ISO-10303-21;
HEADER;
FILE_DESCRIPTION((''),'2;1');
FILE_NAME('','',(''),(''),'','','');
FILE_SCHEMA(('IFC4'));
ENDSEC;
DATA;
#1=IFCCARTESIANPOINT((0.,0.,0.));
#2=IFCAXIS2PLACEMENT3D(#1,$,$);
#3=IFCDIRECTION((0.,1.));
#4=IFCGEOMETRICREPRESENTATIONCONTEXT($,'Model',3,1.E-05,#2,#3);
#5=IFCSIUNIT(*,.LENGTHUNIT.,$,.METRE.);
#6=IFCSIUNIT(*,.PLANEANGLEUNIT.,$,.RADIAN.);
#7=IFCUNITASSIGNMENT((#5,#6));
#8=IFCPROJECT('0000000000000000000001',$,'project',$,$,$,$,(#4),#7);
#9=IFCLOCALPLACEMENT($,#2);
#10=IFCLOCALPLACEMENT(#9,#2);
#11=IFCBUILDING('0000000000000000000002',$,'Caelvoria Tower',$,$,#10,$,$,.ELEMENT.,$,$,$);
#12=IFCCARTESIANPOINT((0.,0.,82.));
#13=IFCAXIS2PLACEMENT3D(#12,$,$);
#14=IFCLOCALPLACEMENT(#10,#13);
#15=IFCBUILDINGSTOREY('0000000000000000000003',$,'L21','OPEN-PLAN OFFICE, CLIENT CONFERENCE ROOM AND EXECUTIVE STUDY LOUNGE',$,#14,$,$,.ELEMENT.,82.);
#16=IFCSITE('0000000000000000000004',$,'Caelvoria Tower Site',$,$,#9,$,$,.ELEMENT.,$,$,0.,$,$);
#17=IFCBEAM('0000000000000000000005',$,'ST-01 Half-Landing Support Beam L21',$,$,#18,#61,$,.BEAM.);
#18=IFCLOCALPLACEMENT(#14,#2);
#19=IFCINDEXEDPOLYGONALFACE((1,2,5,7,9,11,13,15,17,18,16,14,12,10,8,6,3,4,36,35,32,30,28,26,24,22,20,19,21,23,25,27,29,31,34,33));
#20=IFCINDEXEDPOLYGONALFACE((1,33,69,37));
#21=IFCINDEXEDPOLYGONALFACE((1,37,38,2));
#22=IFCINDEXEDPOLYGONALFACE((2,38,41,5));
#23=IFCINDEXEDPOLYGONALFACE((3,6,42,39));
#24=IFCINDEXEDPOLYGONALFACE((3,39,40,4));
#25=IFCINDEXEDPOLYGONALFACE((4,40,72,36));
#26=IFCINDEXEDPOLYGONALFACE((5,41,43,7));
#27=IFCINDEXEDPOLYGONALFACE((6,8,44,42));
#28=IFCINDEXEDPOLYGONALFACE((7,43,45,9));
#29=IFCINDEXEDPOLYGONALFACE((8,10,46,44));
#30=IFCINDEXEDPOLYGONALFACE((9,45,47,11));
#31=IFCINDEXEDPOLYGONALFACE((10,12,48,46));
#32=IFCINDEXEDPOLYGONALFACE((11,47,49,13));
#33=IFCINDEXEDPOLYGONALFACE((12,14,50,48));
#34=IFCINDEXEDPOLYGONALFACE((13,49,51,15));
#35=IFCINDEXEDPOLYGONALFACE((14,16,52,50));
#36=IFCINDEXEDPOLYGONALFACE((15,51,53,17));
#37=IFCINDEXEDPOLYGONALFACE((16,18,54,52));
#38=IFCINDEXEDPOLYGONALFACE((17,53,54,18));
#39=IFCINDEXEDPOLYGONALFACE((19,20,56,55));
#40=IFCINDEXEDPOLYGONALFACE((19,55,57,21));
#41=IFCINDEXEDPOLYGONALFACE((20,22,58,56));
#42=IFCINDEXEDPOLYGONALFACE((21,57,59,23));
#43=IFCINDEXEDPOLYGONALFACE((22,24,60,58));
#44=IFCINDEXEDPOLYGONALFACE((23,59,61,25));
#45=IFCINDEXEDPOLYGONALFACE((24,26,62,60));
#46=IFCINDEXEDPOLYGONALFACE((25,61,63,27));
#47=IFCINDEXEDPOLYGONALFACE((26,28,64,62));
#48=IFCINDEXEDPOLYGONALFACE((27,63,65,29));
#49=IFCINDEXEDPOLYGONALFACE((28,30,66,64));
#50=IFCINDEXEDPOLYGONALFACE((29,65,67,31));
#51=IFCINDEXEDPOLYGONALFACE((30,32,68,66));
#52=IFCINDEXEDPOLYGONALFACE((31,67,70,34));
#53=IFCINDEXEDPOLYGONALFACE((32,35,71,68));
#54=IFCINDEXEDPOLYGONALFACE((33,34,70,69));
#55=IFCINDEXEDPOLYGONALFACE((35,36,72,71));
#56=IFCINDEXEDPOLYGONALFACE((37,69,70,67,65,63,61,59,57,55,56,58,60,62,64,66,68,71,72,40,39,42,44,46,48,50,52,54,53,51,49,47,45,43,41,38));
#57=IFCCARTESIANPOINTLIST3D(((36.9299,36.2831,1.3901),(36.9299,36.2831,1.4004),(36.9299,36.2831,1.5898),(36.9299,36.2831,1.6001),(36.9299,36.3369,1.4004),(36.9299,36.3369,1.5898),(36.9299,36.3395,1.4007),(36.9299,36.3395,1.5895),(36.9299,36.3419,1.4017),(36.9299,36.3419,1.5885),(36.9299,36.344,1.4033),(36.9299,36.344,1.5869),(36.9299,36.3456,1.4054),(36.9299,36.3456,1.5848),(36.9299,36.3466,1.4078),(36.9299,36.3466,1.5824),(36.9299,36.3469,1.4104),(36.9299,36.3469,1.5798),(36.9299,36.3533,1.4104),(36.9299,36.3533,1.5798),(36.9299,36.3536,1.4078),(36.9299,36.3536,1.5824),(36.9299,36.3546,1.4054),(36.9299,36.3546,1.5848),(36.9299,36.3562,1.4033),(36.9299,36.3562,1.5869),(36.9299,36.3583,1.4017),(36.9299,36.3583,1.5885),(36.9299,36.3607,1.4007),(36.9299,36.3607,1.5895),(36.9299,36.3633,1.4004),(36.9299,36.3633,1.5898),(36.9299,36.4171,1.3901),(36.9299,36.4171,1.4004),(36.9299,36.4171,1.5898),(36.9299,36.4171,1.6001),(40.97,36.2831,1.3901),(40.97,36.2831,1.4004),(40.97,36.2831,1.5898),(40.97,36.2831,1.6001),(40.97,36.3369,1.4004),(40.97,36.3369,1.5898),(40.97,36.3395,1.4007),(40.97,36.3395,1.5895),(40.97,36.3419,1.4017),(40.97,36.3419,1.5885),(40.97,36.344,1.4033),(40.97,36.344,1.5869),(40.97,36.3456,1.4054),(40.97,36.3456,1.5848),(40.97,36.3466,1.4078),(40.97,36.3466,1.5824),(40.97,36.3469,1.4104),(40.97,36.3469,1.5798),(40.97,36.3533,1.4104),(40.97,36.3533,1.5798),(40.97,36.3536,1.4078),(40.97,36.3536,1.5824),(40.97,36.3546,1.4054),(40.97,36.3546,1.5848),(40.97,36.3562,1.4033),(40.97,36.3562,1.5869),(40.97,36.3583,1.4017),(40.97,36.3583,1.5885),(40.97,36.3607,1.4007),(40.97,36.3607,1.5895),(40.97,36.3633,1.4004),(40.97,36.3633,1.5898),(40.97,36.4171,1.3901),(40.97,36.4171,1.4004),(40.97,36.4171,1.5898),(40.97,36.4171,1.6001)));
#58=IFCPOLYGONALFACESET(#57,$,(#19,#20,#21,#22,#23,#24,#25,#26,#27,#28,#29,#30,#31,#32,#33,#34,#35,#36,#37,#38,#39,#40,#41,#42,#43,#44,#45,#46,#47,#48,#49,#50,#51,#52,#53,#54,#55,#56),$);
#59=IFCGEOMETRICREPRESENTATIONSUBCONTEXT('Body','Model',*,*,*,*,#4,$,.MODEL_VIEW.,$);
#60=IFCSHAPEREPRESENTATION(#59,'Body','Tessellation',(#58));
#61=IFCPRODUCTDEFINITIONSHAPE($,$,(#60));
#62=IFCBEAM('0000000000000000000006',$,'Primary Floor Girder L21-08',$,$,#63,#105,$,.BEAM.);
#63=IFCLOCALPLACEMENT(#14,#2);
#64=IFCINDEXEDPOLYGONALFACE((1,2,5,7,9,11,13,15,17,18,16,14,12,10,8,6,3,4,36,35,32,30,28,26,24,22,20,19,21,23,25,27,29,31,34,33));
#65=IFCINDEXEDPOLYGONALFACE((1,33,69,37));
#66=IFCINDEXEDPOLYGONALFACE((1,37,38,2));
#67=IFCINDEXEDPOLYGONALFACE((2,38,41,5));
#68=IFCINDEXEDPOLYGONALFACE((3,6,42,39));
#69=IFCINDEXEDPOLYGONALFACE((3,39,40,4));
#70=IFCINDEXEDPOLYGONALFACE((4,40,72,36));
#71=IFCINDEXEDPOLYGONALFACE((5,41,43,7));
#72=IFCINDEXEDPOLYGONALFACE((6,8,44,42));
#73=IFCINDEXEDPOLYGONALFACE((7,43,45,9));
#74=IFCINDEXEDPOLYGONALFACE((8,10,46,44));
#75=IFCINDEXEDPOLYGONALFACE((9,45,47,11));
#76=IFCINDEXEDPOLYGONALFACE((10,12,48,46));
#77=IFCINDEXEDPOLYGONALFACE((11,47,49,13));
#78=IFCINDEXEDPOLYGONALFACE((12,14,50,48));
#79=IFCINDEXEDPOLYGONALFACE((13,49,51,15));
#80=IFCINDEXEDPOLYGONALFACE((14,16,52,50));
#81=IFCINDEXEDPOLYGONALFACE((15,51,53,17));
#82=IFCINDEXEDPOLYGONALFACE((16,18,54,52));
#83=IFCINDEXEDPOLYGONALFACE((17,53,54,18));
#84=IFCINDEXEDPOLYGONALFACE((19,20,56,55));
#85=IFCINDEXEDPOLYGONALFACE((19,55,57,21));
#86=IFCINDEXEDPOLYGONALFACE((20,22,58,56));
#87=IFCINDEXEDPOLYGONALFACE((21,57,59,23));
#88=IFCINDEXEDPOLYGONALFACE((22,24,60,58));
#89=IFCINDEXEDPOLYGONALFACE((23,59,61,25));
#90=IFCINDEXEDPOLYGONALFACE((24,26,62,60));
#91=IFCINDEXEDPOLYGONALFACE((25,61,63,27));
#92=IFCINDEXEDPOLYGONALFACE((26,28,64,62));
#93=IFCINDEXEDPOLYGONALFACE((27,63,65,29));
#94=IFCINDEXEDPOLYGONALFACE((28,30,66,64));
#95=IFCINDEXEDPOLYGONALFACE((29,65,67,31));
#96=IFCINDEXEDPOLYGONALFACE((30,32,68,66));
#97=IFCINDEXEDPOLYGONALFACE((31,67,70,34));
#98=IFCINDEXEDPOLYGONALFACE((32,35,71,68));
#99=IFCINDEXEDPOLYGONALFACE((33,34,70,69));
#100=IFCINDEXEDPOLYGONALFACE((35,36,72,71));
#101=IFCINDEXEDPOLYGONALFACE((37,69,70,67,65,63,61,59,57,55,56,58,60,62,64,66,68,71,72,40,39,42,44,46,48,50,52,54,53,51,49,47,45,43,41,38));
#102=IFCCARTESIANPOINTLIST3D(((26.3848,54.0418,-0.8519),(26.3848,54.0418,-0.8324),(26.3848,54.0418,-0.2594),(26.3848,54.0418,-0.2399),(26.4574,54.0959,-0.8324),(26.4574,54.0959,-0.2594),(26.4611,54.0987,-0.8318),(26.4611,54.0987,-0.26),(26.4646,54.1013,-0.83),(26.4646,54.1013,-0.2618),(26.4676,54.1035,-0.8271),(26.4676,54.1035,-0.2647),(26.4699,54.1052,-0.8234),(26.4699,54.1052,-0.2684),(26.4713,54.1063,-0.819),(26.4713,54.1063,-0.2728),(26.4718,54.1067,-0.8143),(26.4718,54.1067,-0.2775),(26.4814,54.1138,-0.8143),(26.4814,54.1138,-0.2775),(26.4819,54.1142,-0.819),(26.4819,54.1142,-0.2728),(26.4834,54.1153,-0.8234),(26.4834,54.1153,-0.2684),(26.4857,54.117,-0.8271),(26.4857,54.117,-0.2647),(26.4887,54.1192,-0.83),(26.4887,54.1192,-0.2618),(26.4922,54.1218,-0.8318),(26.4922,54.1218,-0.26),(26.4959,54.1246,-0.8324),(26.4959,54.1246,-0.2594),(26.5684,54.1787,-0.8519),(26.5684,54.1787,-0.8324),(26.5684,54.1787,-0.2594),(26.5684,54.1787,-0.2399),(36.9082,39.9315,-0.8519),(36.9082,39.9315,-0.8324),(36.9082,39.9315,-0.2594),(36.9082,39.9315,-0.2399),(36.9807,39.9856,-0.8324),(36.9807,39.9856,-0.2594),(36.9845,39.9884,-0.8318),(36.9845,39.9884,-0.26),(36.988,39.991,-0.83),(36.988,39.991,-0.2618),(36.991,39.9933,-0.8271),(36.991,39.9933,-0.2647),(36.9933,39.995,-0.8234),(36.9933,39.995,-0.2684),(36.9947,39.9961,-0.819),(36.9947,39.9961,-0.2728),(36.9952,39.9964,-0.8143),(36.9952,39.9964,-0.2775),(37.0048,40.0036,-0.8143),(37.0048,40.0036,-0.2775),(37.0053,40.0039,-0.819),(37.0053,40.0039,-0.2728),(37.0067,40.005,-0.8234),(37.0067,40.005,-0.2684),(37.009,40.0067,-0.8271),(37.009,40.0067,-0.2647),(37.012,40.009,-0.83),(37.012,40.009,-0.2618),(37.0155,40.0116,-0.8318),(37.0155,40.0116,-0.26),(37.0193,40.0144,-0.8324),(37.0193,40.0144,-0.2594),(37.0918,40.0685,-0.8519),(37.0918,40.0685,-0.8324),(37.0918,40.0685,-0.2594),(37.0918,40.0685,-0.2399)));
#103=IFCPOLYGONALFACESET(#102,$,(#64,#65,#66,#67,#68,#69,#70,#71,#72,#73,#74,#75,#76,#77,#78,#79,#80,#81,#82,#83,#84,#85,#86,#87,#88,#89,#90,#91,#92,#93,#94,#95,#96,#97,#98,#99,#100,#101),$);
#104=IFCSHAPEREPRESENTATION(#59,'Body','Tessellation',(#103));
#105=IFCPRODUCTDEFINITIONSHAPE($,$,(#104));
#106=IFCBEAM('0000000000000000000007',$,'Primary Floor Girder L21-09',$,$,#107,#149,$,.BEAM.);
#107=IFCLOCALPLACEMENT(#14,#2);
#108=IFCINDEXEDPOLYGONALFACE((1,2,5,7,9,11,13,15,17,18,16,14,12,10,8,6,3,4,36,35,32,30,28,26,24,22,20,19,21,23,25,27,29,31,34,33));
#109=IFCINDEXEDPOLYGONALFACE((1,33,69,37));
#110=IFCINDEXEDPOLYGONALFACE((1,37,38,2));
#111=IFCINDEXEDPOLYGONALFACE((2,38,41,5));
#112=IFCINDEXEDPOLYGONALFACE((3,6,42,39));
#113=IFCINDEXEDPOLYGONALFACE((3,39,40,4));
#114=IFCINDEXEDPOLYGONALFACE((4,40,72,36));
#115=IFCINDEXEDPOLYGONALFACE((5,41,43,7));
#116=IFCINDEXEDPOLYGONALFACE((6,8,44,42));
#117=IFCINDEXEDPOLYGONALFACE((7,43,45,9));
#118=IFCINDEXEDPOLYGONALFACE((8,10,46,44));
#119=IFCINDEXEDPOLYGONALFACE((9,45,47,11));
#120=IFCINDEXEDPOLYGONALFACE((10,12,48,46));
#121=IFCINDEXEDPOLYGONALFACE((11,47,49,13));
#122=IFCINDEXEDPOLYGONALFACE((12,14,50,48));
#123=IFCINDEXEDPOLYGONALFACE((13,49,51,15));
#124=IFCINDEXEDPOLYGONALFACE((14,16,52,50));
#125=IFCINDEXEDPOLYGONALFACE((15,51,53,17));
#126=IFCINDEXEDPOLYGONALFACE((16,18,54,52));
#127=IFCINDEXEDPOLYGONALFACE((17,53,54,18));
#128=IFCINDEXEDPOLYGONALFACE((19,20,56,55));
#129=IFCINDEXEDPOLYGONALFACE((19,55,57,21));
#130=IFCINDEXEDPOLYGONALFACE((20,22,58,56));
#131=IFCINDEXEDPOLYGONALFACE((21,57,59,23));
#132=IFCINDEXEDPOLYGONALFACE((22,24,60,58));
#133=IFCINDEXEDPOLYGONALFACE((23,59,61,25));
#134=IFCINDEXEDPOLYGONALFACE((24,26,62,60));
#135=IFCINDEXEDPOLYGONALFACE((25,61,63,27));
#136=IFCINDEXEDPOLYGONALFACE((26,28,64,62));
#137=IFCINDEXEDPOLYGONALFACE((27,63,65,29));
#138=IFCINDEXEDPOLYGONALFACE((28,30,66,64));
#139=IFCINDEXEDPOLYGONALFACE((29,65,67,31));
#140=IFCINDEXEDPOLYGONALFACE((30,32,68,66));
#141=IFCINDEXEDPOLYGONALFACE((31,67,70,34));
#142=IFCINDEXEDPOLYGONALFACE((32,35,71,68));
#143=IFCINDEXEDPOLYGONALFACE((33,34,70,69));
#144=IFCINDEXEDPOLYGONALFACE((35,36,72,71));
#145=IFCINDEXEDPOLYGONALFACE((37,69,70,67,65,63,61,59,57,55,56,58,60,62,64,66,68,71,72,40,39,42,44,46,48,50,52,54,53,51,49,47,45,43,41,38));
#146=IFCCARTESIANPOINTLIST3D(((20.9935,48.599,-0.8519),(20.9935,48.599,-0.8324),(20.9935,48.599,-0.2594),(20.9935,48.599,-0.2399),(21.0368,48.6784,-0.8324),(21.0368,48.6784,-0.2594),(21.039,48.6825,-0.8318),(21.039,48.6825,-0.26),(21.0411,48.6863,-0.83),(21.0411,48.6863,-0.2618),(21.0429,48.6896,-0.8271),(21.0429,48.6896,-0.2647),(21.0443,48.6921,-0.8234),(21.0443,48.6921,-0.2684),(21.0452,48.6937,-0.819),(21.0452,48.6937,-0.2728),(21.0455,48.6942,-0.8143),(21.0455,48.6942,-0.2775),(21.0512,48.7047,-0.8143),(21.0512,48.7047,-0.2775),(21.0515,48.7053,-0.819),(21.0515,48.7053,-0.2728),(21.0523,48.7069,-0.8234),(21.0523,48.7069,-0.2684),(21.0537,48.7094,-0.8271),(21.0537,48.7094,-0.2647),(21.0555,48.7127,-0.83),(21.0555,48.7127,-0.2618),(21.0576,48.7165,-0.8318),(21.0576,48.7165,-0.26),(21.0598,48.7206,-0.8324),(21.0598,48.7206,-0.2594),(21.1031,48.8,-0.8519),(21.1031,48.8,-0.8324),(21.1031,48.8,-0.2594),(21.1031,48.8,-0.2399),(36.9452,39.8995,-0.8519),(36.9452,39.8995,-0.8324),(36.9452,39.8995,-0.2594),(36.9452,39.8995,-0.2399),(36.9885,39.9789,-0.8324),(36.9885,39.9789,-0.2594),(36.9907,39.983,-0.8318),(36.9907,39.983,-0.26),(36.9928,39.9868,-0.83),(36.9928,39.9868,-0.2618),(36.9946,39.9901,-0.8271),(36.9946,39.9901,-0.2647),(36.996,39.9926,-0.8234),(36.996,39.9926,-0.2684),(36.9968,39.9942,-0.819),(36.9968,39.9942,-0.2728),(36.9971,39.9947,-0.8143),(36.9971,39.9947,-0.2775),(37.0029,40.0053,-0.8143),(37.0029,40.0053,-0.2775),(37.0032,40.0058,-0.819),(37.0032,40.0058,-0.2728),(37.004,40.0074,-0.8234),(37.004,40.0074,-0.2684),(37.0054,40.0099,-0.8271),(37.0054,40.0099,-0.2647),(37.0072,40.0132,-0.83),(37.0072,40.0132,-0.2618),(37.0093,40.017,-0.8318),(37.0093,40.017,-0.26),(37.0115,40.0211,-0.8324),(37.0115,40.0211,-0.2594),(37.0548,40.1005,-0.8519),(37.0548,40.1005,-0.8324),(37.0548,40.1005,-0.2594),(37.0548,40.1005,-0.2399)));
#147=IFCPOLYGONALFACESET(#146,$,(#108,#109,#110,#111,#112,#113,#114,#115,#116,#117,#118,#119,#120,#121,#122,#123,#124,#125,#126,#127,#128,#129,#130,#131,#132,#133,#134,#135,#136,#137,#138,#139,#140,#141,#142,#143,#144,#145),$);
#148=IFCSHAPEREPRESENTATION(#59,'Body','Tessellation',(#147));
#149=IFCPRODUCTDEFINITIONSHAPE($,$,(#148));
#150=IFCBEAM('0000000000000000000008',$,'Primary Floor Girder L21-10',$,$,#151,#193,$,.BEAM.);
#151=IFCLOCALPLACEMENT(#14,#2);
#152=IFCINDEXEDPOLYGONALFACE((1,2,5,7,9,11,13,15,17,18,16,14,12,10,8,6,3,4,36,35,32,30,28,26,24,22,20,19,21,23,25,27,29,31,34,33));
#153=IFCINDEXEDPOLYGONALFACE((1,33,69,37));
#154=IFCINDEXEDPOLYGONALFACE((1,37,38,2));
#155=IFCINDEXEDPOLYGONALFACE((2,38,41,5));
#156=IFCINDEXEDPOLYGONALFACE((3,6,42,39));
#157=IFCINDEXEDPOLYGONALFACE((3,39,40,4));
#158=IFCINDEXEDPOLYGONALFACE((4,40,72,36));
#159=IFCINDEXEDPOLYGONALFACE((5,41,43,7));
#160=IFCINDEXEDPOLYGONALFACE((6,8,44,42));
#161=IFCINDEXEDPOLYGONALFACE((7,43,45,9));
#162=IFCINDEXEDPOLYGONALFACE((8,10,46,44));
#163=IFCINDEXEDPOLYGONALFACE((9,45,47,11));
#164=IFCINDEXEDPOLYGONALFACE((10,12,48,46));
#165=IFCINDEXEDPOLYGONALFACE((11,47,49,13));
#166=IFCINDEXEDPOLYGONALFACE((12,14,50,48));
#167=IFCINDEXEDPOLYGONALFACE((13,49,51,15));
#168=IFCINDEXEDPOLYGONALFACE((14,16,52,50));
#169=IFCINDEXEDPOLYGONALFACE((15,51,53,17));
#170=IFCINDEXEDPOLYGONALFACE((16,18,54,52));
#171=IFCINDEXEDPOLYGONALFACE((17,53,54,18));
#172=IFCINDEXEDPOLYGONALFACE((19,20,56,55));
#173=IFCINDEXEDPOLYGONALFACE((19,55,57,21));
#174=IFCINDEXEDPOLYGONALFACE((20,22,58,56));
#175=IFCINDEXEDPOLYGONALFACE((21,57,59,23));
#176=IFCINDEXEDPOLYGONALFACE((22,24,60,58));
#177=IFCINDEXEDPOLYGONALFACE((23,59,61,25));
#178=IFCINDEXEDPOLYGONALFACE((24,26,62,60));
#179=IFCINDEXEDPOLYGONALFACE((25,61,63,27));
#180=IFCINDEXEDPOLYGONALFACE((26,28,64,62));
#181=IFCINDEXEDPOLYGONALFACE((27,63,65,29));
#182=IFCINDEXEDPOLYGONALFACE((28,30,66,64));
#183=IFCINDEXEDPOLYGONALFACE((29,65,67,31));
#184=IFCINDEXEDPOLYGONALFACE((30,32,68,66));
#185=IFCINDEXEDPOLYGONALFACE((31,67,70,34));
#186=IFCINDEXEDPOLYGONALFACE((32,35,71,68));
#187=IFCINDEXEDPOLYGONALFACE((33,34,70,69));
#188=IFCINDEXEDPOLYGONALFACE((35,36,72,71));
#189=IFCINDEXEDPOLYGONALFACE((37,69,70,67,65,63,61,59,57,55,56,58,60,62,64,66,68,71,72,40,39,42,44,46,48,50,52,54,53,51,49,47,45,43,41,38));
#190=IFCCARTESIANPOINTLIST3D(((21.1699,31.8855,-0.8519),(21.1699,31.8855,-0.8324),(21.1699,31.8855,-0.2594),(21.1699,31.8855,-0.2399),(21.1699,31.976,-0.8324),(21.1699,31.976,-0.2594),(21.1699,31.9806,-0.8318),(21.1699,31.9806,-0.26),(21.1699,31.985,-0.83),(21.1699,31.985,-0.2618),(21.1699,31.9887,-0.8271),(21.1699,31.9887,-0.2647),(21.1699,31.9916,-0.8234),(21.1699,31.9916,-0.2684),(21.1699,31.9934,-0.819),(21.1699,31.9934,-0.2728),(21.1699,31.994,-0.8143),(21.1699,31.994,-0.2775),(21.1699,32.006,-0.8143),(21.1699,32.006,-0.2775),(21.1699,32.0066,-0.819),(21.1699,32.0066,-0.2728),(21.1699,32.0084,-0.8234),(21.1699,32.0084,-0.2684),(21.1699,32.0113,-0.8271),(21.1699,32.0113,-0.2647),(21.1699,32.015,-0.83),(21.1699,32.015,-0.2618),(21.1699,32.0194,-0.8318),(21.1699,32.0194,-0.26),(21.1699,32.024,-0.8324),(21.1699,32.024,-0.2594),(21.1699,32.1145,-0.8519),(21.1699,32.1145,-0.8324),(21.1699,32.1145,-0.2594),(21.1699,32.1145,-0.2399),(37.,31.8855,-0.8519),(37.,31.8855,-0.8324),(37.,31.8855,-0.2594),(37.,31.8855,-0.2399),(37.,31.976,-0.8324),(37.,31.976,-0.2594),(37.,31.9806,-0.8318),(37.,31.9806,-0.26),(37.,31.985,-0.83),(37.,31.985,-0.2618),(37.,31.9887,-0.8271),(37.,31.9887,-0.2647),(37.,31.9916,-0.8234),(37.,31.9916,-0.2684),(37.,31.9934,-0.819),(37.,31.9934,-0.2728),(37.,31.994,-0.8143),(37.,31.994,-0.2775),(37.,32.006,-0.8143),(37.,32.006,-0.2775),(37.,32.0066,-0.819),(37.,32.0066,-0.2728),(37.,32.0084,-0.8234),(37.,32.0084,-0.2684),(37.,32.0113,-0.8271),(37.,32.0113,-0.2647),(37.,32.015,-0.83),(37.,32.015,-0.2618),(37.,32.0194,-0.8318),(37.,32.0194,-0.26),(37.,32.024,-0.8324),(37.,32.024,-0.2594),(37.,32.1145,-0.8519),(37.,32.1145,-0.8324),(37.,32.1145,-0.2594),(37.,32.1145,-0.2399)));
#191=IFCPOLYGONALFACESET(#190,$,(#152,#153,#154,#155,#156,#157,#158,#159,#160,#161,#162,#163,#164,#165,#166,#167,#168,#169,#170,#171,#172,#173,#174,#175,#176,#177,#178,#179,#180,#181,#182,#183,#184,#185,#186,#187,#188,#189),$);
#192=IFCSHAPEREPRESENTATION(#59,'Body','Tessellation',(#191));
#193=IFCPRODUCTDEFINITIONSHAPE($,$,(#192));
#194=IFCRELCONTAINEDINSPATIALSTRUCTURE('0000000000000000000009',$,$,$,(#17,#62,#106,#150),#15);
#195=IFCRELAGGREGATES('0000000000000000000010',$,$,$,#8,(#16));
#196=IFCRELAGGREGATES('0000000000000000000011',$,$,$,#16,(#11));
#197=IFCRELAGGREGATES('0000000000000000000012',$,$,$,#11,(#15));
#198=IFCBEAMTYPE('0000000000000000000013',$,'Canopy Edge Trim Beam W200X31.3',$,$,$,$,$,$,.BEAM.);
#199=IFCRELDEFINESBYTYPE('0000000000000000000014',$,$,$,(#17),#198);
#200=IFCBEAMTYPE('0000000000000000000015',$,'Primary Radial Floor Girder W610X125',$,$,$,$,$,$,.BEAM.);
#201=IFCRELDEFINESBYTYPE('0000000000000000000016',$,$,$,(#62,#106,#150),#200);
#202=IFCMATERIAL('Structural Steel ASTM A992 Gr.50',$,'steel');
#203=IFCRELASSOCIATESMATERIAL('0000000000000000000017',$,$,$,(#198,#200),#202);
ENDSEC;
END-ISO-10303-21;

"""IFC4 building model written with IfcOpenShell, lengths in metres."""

from ifc_helpers import new_model, si_unit, direction, frame, origin, origin_2d, place, context, subcontext, project, spatial, i_section, extrude, material, material_profile, profile_set, type_object, element, save


model = new_model("IFC4")

# Units and contexts
model_context = context("Model", 3, precision=1e-05, world=origin(), true_north=direction((0.0, 1.0)))
body_context = subcontext(model_context, "Body", "Model", "MODEL_VIEW")
ifc_project = project(units=[si_unit("LENGTHUNIT", "METRE"), si_unit("PLANEANGLEUNIT", "RADIAN")], contexts=[model_context])

# Site, building, storey
site_placement = place(None, origin())
site = spatial("IfcSite", under=ifc_project, at=site_placement, Name="Caelvoria Tower Site", CompositionType="ELEMENT", RefElevation=0.0)
building_placement = place(site_placement, origin())
building = spatial("IfcBuilding", under=site, at=building_placement, Name="Caelvoria Tower", CompositionType="ELEMENT")
storey_placement = place(building_placement, frame((0.0, 0.0, 82.0)))
storey = spatial("IfcBuildingStorey", under=building, at=storey_placement, Name="L21", Description="OPEN-PLAN OFFICE, CLIENT CONFERENCE ROOM AND EXECUTIVE STUDY LOUNGE", CompositionType="ELEMENT", Elevation=82.0)

# Beams
ifc_material_1 = material(Name="Structural Steel ASTM A992 Gr.50", Category="steel")
ifc_material_profile_1 = material_profile(ifc_material_1, i_section(OverallWidth=0.134, OverallDepth=0.21, WebThickness=0.0063, FlangeThickness=0.0103, FilletRadius=0.01, at=origin_2d()), Name="Structural Steel ASTM A992 Gr.50")
ifc_profile_set_1 = profile_set([ifc_material_profile_1], Name="W200X31.3 - Structural Steel ASTM A992 Gr.50")
beam_type_1 = type_object("IfcBeamType", Name="Canopy Edge Trim Beam W200X31.3", PredefinedType="BEAM", material=ifc_profile_set_1)
beam_1_placement = place(storey_placement, frame((36.9299, 36.3501, 1.4951), z_axis=(1.0, 0.0, 0.0), x_axis=(0.0, 1.0, 0.0)))
element("IfcBeam", 1, at=beam_1_placement, inside=storey, type_object=beam_type_1, Name="ST-01 Half-Landing Support Beam L21", PredefinedType="BEAM", context=body_context, shape_type="SweptSolid", body=[
    extrude(i_section(OverallWidth=0.134, OverallDepth=0.21, WebThickness=0.0063, FlangeThickness=0.0103, FilletRadius=0.01, at=origin_2d()), origin(), (0.0, 0.0, 1.0), 4.04),
])
ifc_material_profile_2 = material_profile(ifc_material_1, i_section(OverallWidth=0.229, OverallDepth=0.6121, WebThickness=0.012, FlangeThickness=0.0195, FilletRadius=0.0181, at=origin_2d()), Name="Structural Steel ASTM A992 Gr.50")
ifc_profile_set_2 = profile_set([ifc_material_profile_2], Name="W610X125 - Structural Steel ASTM A992 Gr.50")
beam_type_2 = type_object("IfcBeamType", Name="Primary Radial Floor Girder W610X125", PredefinedType="BEAM", material=ifc_profile_set_2)
beam_2_placement = place(storey_placement, frame((37.0, 40.0, -0.5459), z_axis=(-0.597841, 0.801615, 0.0), x_axis=(-0.801615, -0.597841, 0.0)))
element("IfcBeam", 2, at=beam_2_placement, inside=storey, type_object=beam_type_2, Name="Primary Floor Girder L21-08", PredefinedType="BEAM", context=body_context, shape_type="SweptSolid", body=[
    extrude(i_section(OverallWidth=0.229, OverallDepth=0.6121, WebThickness=0.012, FlangeThickness=0.0195, FilletRadius=0.0181, at=origin_2d()), origin(), (0.0, 0.0, 1.0), 17.6023),
])
beam_3_placement = place(storey_placement, frame((37.0, 40.0, -0.5459), z_axis=(-0.877929, 0.478791, 0.0), x_axis=(-0.478791, -0.877929, 0.0)))
element("IfcBeam", 3, at=beam_3_placement, inside=storey, type_object=beam_type_2, Name="Primary Floor Girder L21-09", PredefinedType="BEAM", context=body_context, shape_type="SweptSolid", body=[
    extrude(i_section(OverallWidth=0.229, OverallDepth=0.6121, WebThickness=0.012, FlangeThickness=0.0195, FilletRadius=0.0181, at=origin_2d()), origin(), (0.0, 0.0, 1.0), 18.1697),
])
beam_4_placement = place(storey_placement, frame((37.0, 32.0, -0.5459), z_axis=(-1.0, 0.0, 0.0), x_axis=(0.0, -1.0, 0.0)))
element("IfcBeam", 4, at=beam_4_placement, inside=storey, type_object=beam_type_2, Name="Primary Floor Girder L21-10", PredefinedType="BEAM", context=body_context, shape_type="SweptSolid", body=[
    extrude(i_section(OverallWidth=0.229, OverallDepth=0.6121, WebThickness=0.012, FlangeThickness=0.0195, FilletRadius=0.0181, at=origin_2d()), origin(), (0.0, 0.0, 1.0), 15.8301),
])

save(model, "model.ifc")
